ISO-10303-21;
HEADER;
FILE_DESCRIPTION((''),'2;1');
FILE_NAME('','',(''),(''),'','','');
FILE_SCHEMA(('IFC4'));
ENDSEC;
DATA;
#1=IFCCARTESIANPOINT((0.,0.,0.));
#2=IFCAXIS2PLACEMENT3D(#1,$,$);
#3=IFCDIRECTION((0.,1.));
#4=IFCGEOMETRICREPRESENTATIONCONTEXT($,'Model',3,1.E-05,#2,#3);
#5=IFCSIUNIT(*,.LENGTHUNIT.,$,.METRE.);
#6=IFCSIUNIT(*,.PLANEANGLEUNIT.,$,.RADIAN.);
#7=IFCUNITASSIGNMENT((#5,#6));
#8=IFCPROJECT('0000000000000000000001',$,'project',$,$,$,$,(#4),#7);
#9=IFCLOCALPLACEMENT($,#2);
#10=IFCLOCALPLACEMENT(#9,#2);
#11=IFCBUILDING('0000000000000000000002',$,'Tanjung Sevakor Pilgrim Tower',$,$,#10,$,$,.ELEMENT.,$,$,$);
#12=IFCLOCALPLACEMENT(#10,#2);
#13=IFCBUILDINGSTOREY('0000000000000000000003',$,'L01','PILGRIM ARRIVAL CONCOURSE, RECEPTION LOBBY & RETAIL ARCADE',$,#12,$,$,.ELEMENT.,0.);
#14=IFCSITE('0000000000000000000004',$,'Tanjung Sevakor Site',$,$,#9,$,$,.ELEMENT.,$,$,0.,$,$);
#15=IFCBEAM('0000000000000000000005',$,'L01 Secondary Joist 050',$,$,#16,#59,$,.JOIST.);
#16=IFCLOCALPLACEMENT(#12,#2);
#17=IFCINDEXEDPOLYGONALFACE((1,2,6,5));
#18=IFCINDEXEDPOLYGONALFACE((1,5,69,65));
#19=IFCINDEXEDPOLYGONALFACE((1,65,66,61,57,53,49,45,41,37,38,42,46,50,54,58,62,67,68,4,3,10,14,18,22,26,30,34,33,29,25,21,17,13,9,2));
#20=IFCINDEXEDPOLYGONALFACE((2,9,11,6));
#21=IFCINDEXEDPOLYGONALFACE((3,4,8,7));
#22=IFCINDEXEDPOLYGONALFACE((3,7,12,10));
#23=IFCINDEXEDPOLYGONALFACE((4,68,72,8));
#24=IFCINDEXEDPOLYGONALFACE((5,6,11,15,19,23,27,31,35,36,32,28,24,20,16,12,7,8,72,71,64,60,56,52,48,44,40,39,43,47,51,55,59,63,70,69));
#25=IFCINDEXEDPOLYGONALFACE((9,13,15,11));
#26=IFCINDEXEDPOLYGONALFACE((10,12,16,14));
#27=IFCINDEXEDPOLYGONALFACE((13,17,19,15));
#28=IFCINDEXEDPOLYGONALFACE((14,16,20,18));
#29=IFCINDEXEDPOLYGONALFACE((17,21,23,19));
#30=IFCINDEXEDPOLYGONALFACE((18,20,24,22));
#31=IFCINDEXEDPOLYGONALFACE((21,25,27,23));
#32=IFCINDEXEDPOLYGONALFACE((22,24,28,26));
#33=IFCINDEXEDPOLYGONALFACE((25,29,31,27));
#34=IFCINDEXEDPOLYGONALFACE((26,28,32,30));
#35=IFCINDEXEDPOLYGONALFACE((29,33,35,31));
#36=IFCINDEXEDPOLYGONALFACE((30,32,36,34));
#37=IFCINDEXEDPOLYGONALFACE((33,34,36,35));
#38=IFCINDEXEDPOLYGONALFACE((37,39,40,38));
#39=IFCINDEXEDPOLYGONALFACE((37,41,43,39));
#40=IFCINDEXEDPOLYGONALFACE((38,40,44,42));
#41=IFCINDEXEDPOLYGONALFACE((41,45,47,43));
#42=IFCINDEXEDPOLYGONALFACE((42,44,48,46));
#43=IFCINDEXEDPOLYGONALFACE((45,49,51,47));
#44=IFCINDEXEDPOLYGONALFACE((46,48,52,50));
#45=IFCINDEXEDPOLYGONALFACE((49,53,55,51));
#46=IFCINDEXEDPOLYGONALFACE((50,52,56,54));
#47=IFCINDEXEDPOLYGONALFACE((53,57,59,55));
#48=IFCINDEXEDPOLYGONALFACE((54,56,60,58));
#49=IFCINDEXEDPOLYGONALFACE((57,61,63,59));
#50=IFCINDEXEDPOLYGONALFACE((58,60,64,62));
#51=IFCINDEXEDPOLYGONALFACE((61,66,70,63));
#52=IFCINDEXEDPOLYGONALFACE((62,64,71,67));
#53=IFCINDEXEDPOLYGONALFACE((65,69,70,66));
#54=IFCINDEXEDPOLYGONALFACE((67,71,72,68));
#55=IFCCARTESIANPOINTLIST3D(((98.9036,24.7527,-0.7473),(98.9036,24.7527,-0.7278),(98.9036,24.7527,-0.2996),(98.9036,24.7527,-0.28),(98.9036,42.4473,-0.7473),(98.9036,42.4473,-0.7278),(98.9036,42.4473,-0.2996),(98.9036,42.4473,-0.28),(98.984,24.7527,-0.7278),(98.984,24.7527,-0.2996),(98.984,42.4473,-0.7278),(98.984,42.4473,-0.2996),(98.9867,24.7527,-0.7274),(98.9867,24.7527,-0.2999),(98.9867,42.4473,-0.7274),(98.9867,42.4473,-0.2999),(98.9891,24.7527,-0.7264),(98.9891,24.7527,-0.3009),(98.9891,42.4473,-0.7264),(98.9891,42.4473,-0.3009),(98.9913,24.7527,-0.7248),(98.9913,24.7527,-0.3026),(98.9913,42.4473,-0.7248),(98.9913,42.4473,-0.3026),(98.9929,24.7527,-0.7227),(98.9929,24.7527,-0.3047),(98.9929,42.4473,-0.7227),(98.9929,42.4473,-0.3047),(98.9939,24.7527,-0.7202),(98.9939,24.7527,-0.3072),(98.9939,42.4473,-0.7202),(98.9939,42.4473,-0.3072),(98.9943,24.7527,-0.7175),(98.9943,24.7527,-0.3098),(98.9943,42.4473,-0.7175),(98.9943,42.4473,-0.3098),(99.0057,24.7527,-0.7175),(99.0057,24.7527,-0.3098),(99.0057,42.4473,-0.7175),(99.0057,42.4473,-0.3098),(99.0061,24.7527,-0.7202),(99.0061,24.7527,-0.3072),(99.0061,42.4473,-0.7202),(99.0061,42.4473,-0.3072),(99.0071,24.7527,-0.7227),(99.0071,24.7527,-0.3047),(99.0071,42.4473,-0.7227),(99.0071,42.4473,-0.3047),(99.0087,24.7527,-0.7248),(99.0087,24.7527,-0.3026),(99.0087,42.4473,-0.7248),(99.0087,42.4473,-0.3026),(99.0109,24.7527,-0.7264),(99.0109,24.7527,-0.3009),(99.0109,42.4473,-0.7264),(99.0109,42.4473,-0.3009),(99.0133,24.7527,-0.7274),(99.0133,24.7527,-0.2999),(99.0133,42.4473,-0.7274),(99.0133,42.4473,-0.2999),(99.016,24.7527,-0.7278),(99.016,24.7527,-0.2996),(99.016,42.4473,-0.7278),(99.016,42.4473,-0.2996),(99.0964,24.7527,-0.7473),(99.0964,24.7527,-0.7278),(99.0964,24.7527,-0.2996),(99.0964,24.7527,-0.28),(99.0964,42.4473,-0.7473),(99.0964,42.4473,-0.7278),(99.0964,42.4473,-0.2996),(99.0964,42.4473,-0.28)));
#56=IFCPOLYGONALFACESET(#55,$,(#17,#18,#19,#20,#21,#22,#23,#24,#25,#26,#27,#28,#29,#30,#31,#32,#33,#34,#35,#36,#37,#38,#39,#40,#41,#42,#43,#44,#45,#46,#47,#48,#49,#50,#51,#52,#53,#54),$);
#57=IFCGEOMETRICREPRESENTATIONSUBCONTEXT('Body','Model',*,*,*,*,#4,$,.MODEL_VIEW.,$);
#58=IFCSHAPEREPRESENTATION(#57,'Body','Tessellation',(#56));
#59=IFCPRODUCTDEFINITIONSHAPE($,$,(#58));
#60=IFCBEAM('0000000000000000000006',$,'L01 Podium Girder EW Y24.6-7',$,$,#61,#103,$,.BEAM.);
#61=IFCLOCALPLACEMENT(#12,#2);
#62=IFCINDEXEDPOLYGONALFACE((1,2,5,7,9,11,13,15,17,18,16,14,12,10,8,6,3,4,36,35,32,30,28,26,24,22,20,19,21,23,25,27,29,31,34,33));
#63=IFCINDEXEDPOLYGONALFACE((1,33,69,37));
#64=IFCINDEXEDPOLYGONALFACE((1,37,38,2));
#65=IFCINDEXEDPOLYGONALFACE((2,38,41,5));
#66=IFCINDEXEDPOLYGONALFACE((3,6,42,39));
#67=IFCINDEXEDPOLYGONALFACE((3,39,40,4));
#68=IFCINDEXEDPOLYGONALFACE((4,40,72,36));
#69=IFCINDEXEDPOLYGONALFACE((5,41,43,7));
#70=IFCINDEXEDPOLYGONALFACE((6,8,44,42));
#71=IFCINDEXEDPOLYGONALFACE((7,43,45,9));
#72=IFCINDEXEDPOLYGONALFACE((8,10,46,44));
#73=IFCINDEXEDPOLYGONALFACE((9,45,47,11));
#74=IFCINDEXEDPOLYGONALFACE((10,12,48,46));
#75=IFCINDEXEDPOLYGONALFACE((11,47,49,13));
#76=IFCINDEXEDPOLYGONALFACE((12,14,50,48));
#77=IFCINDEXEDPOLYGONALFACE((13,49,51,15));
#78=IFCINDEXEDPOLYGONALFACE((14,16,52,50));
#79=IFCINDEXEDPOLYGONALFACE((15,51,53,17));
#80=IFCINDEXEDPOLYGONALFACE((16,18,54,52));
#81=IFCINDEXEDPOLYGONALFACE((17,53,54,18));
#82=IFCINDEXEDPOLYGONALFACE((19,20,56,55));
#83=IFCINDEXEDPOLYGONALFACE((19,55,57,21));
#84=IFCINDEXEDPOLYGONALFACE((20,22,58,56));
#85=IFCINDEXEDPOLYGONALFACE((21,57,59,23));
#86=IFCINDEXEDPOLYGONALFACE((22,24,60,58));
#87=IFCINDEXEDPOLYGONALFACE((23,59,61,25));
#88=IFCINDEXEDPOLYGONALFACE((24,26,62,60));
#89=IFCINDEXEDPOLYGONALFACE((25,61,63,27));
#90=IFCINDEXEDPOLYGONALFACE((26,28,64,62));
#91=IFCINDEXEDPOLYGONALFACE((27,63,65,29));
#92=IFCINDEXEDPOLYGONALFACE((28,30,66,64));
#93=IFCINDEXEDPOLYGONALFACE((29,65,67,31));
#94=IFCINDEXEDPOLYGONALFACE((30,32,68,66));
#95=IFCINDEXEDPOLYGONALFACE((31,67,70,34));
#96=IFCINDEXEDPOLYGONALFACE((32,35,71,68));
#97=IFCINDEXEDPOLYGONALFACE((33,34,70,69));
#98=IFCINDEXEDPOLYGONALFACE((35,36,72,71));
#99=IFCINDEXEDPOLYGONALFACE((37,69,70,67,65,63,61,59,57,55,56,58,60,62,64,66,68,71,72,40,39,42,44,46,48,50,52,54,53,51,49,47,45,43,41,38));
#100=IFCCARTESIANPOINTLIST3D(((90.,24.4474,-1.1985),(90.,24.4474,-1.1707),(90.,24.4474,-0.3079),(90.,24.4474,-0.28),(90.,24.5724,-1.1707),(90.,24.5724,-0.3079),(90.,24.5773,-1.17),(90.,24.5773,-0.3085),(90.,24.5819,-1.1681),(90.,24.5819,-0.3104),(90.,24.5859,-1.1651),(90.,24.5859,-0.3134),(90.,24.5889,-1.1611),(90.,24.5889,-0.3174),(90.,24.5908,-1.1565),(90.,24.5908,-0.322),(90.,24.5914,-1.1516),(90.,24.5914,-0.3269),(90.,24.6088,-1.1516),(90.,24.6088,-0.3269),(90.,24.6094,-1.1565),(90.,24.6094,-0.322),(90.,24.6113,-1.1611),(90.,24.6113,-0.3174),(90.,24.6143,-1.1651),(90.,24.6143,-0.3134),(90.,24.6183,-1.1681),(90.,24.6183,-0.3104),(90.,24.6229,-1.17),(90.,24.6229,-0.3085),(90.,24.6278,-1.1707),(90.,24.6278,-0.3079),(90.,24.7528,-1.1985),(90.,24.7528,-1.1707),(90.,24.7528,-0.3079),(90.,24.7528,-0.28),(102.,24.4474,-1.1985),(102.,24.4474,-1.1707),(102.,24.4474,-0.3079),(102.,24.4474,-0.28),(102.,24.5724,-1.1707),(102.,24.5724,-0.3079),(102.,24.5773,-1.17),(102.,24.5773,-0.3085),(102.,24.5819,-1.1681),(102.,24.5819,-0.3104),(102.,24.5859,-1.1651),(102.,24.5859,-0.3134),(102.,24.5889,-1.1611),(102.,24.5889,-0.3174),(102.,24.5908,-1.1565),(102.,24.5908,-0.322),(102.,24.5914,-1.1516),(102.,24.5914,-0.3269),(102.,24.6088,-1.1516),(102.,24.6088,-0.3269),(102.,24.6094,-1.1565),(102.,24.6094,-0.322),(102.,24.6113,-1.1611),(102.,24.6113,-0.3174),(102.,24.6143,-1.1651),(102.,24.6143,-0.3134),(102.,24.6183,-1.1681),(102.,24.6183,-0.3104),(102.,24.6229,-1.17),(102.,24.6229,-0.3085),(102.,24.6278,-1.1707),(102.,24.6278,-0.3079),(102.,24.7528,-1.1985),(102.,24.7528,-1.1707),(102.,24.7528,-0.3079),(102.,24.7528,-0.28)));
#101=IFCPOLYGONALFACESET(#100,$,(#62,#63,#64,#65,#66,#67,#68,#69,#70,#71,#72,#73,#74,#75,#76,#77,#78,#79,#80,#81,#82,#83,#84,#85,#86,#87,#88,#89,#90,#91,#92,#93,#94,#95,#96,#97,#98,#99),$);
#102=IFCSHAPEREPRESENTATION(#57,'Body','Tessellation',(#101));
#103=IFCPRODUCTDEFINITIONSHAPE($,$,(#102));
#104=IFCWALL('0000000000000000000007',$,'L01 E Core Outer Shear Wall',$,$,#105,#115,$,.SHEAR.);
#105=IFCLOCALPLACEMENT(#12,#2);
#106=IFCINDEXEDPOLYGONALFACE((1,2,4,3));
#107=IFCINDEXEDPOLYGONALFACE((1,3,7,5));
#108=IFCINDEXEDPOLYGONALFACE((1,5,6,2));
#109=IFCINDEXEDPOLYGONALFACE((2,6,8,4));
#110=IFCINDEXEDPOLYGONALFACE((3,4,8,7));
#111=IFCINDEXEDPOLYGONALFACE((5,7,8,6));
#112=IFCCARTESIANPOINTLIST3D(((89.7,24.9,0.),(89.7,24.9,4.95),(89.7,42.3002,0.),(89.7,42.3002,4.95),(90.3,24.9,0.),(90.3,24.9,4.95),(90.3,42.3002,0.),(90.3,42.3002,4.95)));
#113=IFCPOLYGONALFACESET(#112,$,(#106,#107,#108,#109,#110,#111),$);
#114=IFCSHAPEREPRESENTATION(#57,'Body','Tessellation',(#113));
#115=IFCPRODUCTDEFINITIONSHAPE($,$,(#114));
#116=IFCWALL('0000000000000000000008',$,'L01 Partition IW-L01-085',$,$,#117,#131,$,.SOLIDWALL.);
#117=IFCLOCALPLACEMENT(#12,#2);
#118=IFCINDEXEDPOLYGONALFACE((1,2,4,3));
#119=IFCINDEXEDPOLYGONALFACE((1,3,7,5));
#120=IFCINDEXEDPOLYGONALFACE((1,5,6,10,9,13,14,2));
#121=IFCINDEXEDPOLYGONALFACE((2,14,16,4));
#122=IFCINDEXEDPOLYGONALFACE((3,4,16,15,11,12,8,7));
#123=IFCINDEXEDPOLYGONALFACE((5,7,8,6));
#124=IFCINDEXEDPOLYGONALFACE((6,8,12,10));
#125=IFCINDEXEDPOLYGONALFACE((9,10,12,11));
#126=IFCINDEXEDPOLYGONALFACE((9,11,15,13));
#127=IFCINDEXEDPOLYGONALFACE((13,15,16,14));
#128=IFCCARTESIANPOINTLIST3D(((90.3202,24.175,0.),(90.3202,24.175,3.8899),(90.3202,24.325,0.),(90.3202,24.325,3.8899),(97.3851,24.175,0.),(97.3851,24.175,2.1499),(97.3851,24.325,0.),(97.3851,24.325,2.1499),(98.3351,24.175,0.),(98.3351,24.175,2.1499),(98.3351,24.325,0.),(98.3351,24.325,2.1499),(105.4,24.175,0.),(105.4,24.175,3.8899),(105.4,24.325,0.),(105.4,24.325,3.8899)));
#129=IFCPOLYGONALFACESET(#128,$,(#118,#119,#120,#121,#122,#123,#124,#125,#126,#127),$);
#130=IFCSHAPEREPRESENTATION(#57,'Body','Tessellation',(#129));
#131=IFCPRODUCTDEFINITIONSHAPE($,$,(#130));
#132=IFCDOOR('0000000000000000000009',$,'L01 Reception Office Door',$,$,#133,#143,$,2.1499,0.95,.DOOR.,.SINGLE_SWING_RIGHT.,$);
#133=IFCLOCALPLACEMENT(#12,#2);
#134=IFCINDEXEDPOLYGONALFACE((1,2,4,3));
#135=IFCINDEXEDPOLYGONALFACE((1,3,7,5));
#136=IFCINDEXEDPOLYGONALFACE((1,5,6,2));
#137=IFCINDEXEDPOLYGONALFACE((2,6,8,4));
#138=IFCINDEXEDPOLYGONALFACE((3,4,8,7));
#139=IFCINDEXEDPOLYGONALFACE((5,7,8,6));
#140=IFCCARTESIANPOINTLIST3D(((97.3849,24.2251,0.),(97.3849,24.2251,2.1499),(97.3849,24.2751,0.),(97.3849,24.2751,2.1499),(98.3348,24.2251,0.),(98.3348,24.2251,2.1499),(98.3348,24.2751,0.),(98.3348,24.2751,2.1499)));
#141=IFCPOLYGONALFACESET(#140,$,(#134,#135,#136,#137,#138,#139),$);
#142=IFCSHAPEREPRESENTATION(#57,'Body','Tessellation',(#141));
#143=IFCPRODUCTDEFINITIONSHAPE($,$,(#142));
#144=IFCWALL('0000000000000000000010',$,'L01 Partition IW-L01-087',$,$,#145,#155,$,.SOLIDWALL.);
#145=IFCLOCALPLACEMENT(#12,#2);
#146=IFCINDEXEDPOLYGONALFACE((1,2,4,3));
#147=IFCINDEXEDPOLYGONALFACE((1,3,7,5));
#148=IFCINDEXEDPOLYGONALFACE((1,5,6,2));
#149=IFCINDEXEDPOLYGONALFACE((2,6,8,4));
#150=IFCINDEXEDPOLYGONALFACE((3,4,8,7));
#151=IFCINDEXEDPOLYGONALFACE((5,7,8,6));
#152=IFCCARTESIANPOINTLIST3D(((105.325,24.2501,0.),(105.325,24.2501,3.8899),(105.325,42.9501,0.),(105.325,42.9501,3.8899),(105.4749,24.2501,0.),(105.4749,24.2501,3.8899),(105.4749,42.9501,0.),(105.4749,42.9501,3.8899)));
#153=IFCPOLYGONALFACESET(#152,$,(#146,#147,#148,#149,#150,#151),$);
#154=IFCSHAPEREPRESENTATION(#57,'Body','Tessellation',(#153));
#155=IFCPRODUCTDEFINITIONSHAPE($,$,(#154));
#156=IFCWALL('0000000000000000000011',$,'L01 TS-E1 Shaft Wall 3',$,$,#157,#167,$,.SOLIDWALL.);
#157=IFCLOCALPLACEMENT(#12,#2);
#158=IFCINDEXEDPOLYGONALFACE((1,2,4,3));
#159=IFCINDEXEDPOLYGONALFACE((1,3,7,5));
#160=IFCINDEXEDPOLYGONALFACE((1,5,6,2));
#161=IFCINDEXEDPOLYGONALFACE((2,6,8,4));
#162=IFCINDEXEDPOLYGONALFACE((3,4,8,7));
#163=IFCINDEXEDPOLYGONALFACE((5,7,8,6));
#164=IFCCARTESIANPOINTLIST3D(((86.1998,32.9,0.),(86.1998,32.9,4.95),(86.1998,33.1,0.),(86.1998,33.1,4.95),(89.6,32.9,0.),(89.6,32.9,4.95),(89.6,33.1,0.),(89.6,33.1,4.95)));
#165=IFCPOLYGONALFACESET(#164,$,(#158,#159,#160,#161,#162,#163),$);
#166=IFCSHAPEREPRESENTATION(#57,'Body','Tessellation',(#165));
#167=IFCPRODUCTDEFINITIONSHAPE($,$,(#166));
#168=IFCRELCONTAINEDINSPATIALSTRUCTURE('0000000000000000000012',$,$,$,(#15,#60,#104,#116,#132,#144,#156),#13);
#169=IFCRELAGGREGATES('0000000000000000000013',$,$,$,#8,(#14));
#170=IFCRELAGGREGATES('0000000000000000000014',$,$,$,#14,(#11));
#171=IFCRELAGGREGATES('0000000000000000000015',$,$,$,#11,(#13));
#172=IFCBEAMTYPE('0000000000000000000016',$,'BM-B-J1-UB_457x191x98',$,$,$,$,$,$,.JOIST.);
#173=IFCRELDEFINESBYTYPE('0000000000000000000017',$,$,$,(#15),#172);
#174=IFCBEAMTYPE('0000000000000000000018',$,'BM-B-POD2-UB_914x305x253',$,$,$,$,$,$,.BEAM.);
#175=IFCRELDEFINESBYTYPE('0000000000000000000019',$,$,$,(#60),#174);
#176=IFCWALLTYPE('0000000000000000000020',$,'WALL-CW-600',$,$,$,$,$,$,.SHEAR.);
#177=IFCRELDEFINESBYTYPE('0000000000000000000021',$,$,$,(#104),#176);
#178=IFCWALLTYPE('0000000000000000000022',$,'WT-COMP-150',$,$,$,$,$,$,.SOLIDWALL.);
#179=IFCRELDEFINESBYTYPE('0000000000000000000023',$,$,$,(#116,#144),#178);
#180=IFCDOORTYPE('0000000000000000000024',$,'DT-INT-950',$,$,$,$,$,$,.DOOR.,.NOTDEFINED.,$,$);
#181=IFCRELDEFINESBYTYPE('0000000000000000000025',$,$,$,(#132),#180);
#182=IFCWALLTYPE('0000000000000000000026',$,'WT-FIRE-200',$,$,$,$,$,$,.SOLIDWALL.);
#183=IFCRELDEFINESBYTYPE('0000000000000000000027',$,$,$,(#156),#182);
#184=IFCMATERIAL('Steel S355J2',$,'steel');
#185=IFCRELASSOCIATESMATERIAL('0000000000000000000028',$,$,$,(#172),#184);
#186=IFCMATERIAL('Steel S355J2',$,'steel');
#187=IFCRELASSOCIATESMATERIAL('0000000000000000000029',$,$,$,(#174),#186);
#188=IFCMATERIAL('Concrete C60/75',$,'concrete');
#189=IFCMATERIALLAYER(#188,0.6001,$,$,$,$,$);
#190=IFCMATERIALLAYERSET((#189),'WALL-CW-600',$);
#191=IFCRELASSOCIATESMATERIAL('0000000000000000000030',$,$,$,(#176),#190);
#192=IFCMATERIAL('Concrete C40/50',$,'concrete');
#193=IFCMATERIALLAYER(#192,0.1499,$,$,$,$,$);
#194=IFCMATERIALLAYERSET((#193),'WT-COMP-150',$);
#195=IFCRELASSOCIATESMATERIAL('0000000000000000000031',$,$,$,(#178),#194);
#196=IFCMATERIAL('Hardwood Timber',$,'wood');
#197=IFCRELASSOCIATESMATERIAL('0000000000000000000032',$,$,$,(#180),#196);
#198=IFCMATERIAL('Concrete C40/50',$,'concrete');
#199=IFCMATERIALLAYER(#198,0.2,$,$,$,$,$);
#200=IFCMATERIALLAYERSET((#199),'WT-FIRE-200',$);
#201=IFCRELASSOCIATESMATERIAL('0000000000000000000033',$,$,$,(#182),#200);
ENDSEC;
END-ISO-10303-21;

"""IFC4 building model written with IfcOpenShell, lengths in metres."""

from ifc_helpers import new_model, si_unit, direction, frame, frame_2d, origin, origin_2d, place, context, subcontext, project, spatial, rectangle, i_section, extrude, material, layer, layer_set, material_profile, profile_set, type_object, element, fill, save


model = new_model("IFC4")

# Units and contexts
model_context = context("Model", 3, precision=1e-05, world=origin(), true_north=direction((0.0, 1.0)))
body_context = subcontext(model_context, "Body", "Model", "MODEL_VIEW")
ifc_project = project(units=[si_unit("LENGTHUNIT", "METRE"), si_unit("PLANEANGLEUNIT", "RADIAN")], contexts=[model_context])

# Site, building, storey
site_placement = place(None, origin())
site = spatial("IfcSite", under=ifc_project, at=site_placement, Name="Tanjung Sevakor Site", CompositionType="ELEMENT", RefElevation=0.0)
building_placement = place(site_placement, origin())
building = spatial("IfcBuilding", under=site, at=building_placement, Name="Tanjung Sevakor Pilgrim Tower", CompositionType="ELEMENT")
storey_placement = place(building_placement, origin())
storey = spatial("IfcBuildingStorey", under=building, at=storey_placement, Name="L01", Description="PILGRIM ARRIVAL CONCOURSE, RECEPTION LOBBY & RETAIL ARCADE", CompositionType="ELEMENT", Elevation=0.0)

# Beams
ifc_material_1 = material(Name="Steel S355J2", Category="steel")
ifc_material_profile_1 = material_profile(ifc_material_1, i_section(OverallWidth=0.1929, OverallDepth=0.4673, WebThickness=0.0115, FlangeThickness=0.0195, FilletRadius=0.0103, at=origin_2d()))
ifc_profile_set_1 = profile_set([ifc_material_profile_1], Name="Steel S355J2")
beam_type_1 = type_object("IfcBeamType", Name="BM-B-J1-UB_457x191x98", PredefinedType="JOIST", material=ifc_profile_set_1)
for number, where, z_axis, x_axis, name in (
    (1, (99.0, 24.7527, -0.5137), (0.0, 1.0, 0.0), (-1.0, 0.0, 0.0), "L01 Secondary Joist 050"),
):
    element("IfcBeam", number, at=place(storey_placement, frame(where, z_axis=z_axis, x_axis=x_axis)), inside=storey, type_object=beam_type_1, Name=name, PredefinedType="JOIST", context=body_context, shape_type="SweptSolid", body=[
        extrude(i_section(OverallWidth=0.1929, OverallDepth=0.4673, WebThickness=0.0115, FlangeThickness=0.0195, FilletRadius=0.0103, at=origin_2d()), origin(), (0.0, 0.0, 1.0), 17.6946),
    ])
ifc_material_2 = material(Name="Steel S355J2", Category="steel")
ifc_material_profile_2 = material_profile(ifc_material_2, i_section(OverallWidth=0.3054, OverallDepth=0.9185, WebThickness=0.0173, FlangeThickness=0.0278, FilletRadius=0.019, at=origin_2d()))
ifc_profile_set_2 = profile_set([ifc_material_profile_2], Name="Steel S355J2")
beam_type_2 = type_object("IfcBeamType", Name="BM-B-POD2-UB_914x305x253", PredefinedType="BEAM", material=ifc_profile_set_2)
beam_1_placement = place(storey_placement, frame((90.0, 24.6001, -0.7393), z_axis=(1.0, 0.0, 0.0), x_axis=(0.0, 1.0, 0.0)))
element("IfcBeam", 2, at=beam_1_placement, inside=storey, type_object=beam_type_2, Name="L01 Podium Girder EW Y24.6-7", PredefinedType="BEAM", context=body_context, shape_type="SweptSolid", body=[
    extrude(i_section(OverallWidth=0.3054, OverallDepth=0.9185, WebThickness=0.0173, FlangeThickness=0.0278, FilletRadius=0.019, at=origin_2d()), origin(), (0.0, 0.0, 1.0), 12.0),
])

# Wall
ifc_material_3 = material(Name="Concrete C60/75", Category="concrete")
ifc_layer_1 = layer(ifc_material_3, 0.6001)
ifc_layer_set_1 = layer_set([ifc_layer_1], Name="WALL-CW-600")
wall_type_1 = type_object("IfcWallType", Name="WALL-CW-600", PredefinedType="SHEAR", material=ifc_layer_set_1)
wall_1_placement = place(storey_placement, frame((90.0, 24.8999, 0.0), z_axis=(0.0, 0.0, 1.0), x_axis=(0.0, 1.0, 0.0)))
element("IfcWall", 3, at=wall_1_placement, inside=storey, type_object=wall_type_1, Name="L01 E Core Outer Shear Wall", PredefinedType="SHEAR", context=body_context, shape_type="SweptSolid", body=[
    extrude(rectangle(XDim=17.4001, YDim=0.6001, at=frame_2d((8.7002, 0.0))), origin(), (0.0, 0.0, 1.0), 4.95),
])

# Wall, opening, door
ifc_material_4 = material(Name="Concrete C40/50", Category="concrete")
ifc_layer_2 = layer(ifc_material_4, 0.1499)
ifc_layer_set_2 = layer_set([ifc_layer_2], Name="WT-COMP-150")
wall_type_2 = type_object("IfcWallType", Name="WT-COMP-150", PredefinedType="SOLIDWALL", material=ifc_layer_set_2)
wall_2_placement = place(storey_placement, frame((90.3201, 24.25, 0.0), z_axis=(0.0, 0.0, 1.0), x_axis=(1.0, 0.0, 0.0)))
wall_2 = element("IfcWall", 4, at=wall_2_placement, inside=storey, type_object=wall_type_2, Name="L01 Partition IW-L01-085", PredefinedType="SOLIDWALL", context=body_context, shape_type="SweptSolid", body=[
    extrude(rectangle(XDim=15.0798, YDim=0.1499, at=frame_2d((7.54, 0.0))), origin(), (0.0, 0.0, 1.0), 3.8899),
])
opening_1_placement = place(wall_2_placement, frame((7.0649, 0.0, 0.0)))
opening_1 = element("IfcOpeningElement", 5, at=opening_1_placement, cuts=wall_2, PredefinedType="OPENING", context=body_context, shape_type="SweptSolid", body=[
    extrude(rectangle(XDim=0.95, YDim=2.1499, at=frame_2d((0.4751, 1.075))), frame((0.0, 0.085, 0.0), z_axis=(0.0, -1.0, 0.0), x_axis=(1.0, 0.0, 0.0)), (0.0, 0.0, 1.0), 0.1699),
])
ifc_material_5 = material(Name="Hardwood Timber", Category="wood")
door_type_1 = type_object("IfcDoorType", Name="DT-INT-950", OperationType="NOTDEFINED", PredefinedType="DOOR", material=ifc_material_5)
door_1_placement = place(opening_1_placement, frame((0.95, 0.0, 0.0), z_axis=(0.0, 0.0, 1.0), x_axis=(-1.0, 0.0, 0.0)))
door_1 = element("IfcDoor", 6, at=door_1_placement, inside=storey, type_object=door_type_1, Name="L01 Reception Office Door", OperationType="SINGLE_SWING_RIGHT", OverallHeight=2.1499, OverallWidth=0.95, PredefinedType="DOOR", context=body_context, shape_type="SweptSolid", body=[
    extrude(rectangle(XDim=0.95, YDim=2.1499, at=frame_2d((0.4751, 1.075))), frame((0.0, 0.0249, 0.0), z_axis=(0.0, -1.0, 0.0), x_axis=(1.0, 0.0, 0.0)), (0.0, 0.0, 1.0), 0.05),
])
fill(opening_1, door_1)

# Walls
wall_3_placement = place(storey_placement, frame((105.3999, 24.25, 0.0), z_axis=(0.0, 0.0, 1.0), x_axis=(0.0, 1.0, 0.0)))
element("IfcWall", 7, at=wall_3_placement, inside=storey, type_object=wall_type_2, Name="L01 Partition IW-L01-087", PredefinedType="SOLIDWALL", context=body_context, shape_type="SweptSolid", body=[
    extrude(rectangle(XDim=18.7, YDim=0.1499, at=frame_2d((9.3501, 0.0))), origin(), (0.0, 0.0, 1.0), 3.8899),
])
ifc_material_6 = material(Name="Concrete C40/50", Category="concrete")
ifc_layer_3 = layer(ifc_material_6, 0.2)
ifc_layer_set_3 = layer_set([ifc_layer_3], Name="WT-FIRE-200")
wall_type_3 = type_object("IfcWallType", Name="WT-FIRE-200", PredefinedType="SOLIDWALL", material=ifc_layer_set_3)
wall_4_placement = place(storey_placement, frame((89.6001, 33.0, 0.0), z_axis=(0.0, 0.0, 1.0), x_axis=(-1.0, 0.0, 0.0)))
element("IfcWall", 8, at=wall_4_placement, inside=storey, type_object=wall_type_3, Name="L01 TS-E1 Shaft Wall 3", PredefinedType="SOLIDWALL", context=body_context, shape_type="SweptSolid", body=[
    extrude(rectangle(XDim=3.4001, YDim=0.2, at=frame_2d((1.7002, 0.0))), origin(), (0.0, 0.0, 1.0), 4.95),
])

save(model, "model.ifc")
